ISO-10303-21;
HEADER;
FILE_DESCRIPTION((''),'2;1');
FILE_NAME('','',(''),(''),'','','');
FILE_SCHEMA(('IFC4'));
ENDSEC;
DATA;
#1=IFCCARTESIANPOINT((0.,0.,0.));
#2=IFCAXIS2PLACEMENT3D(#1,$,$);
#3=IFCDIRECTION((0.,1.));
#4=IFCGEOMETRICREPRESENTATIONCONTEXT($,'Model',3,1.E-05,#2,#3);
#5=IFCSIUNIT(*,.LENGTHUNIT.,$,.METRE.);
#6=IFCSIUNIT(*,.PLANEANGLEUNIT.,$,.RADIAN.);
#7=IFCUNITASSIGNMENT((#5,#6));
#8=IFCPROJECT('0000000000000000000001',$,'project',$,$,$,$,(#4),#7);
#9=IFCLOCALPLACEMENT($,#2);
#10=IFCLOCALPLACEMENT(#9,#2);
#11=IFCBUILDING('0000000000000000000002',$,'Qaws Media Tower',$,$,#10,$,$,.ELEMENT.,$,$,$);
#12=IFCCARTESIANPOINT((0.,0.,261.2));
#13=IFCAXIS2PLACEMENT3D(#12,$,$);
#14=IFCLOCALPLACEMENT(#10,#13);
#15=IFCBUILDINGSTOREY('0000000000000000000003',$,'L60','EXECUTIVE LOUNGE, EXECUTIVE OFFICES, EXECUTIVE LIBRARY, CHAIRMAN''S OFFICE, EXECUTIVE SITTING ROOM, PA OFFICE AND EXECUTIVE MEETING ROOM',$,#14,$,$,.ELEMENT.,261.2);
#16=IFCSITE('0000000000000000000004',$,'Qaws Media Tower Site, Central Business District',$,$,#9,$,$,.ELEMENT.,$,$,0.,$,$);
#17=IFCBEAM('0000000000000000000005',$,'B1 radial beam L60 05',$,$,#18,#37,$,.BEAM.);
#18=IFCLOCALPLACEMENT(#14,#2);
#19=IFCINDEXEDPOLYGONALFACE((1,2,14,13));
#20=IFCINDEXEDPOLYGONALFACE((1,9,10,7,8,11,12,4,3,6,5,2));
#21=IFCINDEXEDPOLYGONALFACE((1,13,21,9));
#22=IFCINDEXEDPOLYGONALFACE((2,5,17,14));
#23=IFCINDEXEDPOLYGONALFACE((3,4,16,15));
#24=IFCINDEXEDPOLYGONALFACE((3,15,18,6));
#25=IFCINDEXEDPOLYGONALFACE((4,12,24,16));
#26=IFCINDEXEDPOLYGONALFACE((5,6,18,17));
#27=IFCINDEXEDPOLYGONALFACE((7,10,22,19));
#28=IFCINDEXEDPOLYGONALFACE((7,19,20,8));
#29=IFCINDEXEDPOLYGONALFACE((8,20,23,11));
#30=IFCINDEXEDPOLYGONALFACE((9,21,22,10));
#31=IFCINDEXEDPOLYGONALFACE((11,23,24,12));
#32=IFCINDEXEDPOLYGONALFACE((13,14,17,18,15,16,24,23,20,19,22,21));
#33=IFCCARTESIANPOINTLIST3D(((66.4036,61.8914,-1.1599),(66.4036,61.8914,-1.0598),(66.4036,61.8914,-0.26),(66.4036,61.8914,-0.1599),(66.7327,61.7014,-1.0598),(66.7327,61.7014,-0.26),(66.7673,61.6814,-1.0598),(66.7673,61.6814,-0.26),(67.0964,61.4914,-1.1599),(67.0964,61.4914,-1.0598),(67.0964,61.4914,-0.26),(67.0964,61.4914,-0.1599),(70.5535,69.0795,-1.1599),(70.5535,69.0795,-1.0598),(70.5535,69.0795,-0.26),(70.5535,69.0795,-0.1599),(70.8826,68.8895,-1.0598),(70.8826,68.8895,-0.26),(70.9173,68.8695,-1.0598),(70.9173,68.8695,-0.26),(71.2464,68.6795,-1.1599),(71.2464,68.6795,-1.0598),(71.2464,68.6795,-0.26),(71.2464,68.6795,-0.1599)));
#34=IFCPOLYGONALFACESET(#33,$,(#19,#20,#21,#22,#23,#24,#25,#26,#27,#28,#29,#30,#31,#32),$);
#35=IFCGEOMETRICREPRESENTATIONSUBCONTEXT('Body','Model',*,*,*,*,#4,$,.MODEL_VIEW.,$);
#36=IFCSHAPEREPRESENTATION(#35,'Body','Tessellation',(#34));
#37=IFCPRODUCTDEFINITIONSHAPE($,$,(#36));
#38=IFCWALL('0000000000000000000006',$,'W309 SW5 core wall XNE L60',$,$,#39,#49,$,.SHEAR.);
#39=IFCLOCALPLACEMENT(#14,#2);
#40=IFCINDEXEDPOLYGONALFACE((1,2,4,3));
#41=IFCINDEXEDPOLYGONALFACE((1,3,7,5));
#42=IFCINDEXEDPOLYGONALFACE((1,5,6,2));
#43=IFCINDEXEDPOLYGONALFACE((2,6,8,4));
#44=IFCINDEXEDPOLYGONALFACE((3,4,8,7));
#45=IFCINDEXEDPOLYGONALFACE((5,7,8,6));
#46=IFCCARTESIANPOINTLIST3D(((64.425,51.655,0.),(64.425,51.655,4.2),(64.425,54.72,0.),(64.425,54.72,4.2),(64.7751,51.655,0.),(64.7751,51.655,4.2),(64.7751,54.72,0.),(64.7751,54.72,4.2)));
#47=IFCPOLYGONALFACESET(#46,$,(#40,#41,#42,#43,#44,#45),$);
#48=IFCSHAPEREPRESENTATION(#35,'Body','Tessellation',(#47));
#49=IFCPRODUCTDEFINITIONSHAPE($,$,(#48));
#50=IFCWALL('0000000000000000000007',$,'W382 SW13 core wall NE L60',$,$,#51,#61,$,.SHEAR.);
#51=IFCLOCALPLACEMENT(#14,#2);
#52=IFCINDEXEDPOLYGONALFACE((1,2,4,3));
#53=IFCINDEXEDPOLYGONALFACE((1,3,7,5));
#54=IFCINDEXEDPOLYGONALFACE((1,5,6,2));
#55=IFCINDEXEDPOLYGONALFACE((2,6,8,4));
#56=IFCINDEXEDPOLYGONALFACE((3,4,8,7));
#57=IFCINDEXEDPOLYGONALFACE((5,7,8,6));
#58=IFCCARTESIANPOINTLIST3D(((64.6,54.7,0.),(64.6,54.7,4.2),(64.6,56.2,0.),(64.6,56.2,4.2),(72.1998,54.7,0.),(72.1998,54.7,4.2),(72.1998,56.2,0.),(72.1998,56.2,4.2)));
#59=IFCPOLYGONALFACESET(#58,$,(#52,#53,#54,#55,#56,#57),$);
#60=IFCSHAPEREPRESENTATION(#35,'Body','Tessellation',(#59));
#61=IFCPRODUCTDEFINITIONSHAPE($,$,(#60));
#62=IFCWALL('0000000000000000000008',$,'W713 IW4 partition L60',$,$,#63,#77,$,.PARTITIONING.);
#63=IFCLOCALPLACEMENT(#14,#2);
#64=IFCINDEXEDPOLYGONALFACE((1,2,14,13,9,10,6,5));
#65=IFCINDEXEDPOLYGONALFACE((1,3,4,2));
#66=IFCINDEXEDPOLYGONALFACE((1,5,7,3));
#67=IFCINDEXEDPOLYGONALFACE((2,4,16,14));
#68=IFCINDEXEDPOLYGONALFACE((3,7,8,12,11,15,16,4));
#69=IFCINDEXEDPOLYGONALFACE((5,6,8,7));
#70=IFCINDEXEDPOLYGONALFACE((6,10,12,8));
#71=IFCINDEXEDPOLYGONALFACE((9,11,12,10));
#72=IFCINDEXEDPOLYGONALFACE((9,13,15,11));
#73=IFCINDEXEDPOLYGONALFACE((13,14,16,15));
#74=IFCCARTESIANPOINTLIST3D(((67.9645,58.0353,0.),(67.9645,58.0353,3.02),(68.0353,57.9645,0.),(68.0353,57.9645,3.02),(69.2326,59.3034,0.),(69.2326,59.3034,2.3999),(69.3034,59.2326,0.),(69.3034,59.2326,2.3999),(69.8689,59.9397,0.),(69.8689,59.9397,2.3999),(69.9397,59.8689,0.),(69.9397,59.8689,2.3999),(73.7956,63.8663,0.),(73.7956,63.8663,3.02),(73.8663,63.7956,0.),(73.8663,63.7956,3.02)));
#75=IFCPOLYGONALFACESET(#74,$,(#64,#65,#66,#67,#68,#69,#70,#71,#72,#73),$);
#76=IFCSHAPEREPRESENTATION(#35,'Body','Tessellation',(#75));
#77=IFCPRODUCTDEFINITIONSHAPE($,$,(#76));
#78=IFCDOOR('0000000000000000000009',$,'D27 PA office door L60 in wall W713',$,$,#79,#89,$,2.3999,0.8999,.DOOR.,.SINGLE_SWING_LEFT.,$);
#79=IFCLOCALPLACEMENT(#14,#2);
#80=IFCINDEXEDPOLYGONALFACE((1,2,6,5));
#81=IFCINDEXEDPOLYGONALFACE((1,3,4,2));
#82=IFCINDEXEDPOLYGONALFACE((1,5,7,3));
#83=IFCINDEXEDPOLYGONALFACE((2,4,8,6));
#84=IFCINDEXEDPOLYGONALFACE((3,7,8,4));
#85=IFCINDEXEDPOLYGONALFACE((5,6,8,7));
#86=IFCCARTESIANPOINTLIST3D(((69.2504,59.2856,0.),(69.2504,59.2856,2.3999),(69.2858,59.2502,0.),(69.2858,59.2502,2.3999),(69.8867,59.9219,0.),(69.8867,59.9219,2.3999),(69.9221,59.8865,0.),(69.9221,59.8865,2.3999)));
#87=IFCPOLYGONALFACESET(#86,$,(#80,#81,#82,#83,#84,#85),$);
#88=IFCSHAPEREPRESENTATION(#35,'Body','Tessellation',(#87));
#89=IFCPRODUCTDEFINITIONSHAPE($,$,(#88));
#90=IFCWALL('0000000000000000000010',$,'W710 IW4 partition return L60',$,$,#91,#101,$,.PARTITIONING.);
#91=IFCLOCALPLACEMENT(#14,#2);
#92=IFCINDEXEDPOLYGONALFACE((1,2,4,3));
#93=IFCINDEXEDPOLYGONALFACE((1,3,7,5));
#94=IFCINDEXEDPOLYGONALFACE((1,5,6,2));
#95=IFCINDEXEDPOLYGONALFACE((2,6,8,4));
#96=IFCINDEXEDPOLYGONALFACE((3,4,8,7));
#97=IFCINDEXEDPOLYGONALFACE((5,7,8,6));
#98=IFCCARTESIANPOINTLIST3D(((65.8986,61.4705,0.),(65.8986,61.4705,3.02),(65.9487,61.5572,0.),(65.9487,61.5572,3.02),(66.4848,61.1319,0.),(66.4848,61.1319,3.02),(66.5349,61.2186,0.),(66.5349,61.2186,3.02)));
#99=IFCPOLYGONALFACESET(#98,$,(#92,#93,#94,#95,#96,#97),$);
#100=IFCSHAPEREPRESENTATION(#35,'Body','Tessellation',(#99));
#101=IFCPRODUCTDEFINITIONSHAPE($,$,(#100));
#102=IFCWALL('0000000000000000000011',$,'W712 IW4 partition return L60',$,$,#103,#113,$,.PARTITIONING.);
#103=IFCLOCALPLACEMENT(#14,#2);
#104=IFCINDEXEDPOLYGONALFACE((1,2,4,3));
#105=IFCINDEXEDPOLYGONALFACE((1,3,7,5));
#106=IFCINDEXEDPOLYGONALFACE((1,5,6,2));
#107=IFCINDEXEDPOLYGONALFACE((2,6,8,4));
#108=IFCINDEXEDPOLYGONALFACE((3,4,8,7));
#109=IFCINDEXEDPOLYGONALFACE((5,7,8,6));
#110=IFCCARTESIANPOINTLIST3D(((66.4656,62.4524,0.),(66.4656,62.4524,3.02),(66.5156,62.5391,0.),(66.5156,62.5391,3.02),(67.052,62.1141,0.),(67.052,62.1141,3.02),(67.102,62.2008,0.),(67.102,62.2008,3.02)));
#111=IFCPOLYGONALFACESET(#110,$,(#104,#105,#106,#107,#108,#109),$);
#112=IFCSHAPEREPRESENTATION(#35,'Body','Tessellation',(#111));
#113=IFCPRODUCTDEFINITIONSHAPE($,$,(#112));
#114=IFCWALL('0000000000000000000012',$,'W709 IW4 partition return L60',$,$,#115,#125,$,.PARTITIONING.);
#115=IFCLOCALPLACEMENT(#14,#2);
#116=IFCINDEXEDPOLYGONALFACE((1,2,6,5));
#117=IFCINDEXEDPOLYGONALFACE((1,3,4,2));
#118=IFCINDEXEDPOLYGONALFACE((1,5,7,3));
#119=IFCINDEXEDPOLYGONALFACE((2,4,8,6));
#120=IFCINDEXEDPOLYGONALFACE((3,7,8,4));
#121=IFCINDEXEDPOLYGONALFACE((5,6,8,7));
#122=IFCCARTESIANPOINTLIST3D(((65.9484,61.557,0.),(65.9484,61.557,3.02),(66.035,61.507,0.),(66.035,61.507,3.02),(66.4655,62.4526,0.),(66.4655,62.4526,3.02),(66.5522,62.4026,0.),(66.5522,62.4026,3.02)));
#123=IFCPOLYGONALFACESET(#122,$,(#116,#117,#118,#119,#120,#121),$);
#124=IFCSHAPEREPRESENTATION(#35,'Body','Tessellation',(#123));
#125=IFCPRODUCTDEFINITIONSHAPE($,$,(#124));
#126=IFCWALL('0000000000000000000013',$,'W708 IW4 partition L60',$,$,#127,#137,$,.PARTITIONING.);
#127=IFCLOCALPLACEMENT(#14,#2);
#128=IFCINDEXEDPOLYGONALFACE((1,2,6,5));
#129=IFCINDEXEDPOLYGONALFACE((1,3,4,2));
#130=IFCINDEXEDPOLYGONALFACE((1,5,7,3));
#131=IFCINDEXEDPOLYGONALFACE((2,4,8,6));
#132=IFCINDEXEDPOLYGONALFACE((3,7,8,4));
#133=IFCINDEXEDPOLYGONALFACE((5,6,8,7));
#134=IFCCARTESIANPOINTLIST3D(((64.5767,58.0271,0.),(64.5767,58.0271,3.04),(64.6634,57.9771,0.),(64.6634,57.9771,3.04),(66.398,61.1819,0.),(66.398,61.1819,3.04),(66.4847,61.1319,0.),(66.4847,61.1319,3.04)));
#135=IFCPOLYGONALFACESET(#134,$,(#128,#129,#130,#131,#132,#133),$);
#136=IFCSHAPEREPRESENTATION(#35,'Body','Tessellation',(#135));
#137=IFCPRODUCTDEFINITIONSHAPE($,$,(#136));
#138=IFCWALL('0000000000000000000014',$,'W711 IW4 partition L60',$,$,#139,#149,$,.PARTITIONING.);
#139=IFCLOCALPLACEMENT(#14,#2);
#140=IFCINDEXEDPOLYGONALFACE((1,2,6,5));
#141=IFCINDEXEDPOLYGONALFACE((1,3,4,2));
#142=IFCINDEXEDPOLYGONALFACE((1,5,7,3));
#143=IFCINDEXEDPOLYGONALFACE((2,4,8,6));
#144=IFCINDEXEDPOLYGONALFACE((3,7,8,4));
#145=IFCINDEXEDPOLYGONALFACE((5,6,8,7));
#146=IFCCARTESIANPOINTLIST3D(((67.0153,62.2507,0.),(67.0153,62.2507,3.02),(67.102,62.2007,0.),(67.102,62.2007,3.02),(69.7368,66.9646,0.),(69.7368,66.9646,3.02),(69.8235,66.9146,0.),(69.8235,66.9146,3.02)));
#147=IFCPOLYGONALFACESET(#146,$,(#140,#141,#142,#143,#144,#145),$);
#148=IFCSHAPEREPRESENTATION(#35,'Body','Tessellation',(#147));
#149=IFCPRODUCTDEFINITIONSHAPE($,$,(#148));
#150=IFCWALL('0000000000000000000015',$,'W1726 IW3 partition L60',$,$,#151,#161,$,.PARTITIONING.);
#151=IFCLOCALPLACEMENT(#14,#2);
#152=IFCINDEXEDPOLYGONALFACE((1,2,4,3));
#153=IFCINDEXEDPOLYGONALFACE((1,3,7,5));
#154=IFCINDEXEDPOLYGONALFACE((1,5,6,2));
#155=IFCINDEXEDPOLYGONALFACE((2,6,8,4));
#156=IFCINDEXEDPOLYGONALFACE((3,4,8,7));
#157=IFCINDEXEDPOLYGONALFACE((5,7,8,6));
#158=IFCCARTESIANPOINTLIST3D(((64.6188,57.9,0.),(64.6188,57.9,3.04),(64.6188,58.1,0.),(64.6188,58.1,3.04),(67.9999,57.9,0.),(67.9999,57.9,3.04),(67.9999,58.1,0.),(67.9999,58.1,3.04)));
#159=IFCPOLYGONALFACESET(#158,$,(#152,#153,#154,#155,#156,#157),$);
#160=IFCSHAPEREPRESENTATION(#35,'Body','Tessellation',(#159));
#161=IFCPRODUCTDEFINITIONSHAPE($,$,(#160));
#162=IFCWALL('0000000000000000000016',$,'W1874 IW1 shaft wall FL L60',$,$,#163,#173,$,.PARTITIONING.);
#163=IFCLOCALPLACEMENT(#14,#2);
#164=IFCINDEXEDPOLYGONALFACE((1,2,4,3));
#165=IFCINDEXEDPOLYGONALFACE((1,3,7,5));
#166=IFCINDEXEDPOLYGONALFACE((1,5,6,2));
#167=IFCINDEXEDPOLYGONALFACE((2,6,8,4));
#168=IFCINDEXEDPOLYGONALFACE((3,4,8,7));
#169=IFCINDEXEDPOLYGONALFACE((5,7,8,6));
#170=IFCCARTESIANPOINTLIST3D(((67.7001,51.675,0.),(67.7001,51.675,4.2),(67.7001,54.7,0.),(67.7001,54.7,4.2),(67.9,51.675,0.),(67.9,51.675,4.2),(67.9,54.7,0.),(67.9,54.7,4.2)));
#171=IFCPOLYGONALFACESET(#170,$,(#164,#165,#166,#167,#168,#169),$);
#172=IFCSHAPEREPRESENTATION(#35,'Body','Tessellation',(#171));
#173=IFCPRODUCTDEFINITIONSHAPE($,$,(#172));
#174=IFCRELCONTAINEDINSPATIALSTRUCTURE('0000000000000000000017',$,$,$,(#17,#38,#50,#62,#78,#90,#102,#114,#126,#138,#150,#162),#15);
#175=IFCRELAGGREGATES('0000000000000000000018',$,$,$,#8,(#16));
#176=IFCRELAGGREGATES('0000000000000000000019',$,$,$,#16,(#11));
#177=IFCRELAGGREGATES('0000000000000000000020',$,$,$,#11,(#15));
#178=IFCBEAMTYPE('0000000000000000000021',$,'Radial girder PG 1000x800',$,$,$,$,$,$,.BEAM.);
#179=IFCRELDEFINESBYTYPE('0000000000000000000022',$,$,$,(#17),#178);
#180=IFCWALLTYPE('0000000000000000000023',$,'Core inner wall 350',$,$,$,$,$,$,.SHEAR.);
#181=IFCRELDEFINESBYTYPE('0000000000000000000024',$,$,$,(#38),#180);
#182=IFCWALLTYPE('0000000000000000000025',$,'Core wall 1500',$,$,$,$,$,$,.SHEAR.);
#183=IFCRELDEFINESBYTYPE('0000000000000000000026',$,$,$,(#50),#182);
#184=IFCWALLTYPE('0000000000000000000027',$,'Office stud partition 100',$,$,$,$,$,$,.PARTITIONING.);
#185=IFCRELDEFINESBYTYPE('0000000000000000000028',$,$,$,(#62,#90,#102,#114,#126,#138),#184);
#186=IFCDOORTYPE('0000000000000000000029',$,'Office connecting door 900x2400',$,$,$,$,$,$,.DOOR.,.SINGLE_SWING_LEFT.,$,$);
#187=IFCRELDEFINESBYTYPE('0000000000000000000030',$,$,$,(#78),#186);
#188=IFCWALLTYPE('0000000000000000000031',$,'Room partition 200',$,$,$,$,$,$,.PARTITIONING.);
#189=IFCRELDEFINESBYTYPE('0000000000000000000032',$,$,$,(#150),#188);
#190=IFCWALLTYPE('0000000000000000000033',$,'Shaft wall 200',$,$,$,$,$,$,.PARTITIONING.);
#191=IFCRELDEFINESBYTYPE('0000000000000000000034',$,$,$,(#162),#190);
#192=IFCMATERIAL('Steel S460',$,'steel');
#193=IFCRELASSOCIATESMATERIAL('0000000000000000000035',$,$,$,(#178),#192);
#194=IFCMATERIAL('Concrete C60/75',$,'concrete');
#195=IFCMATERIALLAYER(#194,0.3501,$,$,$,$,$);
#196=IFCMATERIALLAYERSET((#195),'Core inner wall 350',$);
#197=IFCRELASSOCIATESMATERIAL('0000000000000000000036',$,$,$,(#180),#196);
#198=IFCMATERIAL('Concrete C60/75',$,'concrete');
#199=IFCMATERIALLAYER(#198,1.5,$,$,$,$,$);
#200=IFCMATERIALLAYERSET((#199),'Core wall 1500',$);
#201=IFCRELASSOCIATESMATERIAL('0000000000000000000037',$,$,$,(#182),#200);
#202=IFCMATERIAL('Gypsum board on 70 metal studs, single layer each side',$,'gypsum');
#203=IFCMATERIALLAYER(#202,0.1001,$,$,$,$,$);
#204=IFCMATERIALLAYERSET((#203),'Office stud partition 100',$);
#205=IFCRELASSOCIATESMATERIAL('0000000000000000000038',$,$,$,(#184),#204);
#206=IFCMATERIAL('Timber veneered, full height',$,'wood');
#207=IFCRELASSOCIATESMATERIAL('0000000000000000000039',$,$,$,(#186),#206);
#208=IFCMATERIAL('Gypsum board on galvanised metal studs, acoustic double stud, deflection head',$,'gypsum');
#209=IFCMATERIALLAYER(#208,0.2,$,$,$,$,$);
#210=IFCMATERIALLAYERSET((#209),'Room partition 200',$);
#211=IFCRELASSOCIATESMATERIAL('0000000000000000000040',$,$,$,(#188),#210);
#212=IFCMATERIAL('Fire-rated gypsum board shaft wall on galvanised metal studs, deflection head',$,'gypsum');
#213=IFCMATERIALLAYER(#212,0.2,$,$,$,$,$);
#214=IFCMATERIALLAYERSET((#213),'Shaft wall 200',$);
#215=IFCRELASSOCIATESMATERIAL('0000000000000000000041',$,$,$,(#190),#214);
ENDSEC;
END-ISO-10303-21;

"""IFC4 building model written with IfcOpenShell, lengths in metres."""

from ifc_helpers import new_model, si_unit, direction, frame, frame_2d, origin, origin_2d, place, context, subcontext, project, spatial, rectangle, i_section, extrude, material, layer, layer_set, material_profile, profile_set, type_object, element, fill, save


model = new_model("IFC4")

# Units and contexts
model_context = context("Model", 3, precision=1e-05, world=origin(), true_north=direction((0.0, 1.0)))
body_context = subcontext(model_context, "Body", "Model", "MODEL_VIEW")
ifc_project = project(units=[si_unit("LENGTHUNIT", "METRE"), si_unit("PLANEANGLEUNIT", "RADIAN")], contexts=[model_context])

# Site, building, storey
site_placement = place(None, origin())
site = spatial("IfcSite", under=ifc_project, at=site_placement, Name="Qaws Media Tower Site, Central Business District", CompositionType="ELEMENT", RefElevation=0.0)
building_placement = place(site_placement, origin())
building = spatial("IfcBuilding", under=site, at=building_placement, Name="Qaws Media Tower", CompositionType="ELEMENT")
storey_placement = place(building_placement, frame((0.0, 0.0, 261.2)))
storey = spatial("IfcBuildingStorey", under=building, at=storey_placement, Name="L60", Description="EXECUTIVE LOUNGE, EXECUTIVE OFFICES, EXECUTIVE LIBRARY, CHAIRMAN'S OFFICE, EXECUTIVE SITTING ROOM, PA OFFICE AND EXECUTIVE MEETING ROOM", CompositionType="ELEMENT", Elevation=261.2)

# Beam
ifc_material_1 = material(Name="Steel S460", Category="steel")
ifc_material_profile_1 = material_profile(ifc_material_1, i_section(OverallWidth=0.8, OverallDepth=1.0, WebThickness=0.04, FlangeThickness=0.1001, at=origin_2d()), Name="PG 1000x800")
ifc_profile_set_1 = profile_set([ifc_material_profile_1], Name="Steel S460")
beam_type_1 = type_object("IfcBeamType", Name="Radial girder PG 1000x800", PredefinedType="BEAM", material=ifc_profile_set_1)
beam_1_placement = place(storey_placement, frame((66.75, 61.6914, -0.6599), z_axis=(0.499992, 0.86603, 0.0), x_axis=(-0.86603, 0.499992, 0.0)))
element("IfcBeam", 1, at=beam_1_placement, inside=storey, type_object=beam_type_1, Name="B1 radial beam L60 05", PredefinedType="BEAM", context=body_context, shape_type="SweptSolid", body=[
    extrude(i_section(OverallWidth=0.8, OverallDepth=1.0, WebThickness=0.04, FlangeThickness=0.1001, at=origin_2d()), origin(), (0.0, 0.0, 1.0), 8.3),
])

# Walls
ifc_material_2 = material(Name="Concrete C60/75", Category="concrete")
ifc_layer_1 = layer(ifc_material_2, 0.3501)
ifc_layer_set_1 = layer_set([ifc_layer_1], Name="Core inner wall 350")
wall_type_1 = type_object("IfcWallType", Name="Core inner wall 350", PredefinedType="SHEAR", material=ifc_layer_set_1)
wall_1_placement = place(storey_placement, frame((64.6001, 51.655, 0.0), z_axis=(0.0, 0.0, 1.0), x_axis=(0.0, 1.0, 0.0)))
element("IfcWall", 2, at=wall_1_placement, inside=storey, type_object=wall_type_1, Name="W309 SW5 core wall XNE L60", PredefinedType="SHEAR", context=body_context, shape_type="SweptSolid", body=[
    extrude(rectangle(XDim=3.0649, YDim=0.3501, at=frame_2d((1.5325, 0.0))), origin(), (0.0, 0.0, 1.0), 4.2),
])
ifc_material_3 = material(Name="Concrete C60/75", Category="concrete")
ifc_layer_2 = layer(ifc_material_3, 1.5)
ifc_layer_set_2 = layer_set([ifc_layer_2], Name="Core wall 1500")
wall_type_2 = type_object("IfcWallType", Name="Core wall 1500", PredefinedType="SHEAR", material=ifc_layer_set_2)
wall_2_placement = place(storey_placement, frame((64.6001, 55.45, 0.0), z_axis=(0.0, 0.0, 1.0), x_axis=(1.0, 0.0, 0.0)))
element("IfcWall", 3, at=wall_2_placement, inside=storey, type_object=wall_type_2, Name="W382 SW13 core wall NE L60", PredefinedType="SHEAR", context=body_context, shape_type="SweptSolid", body=[
    extrude(rectangle(XDim=7.5999, YDim=1.5, at=frame_2d((3.7998, 0.0))), origin(), (0.0, 0.0, 1.0), 4.2),
])

# Wall, opening, door
ifc_material_4 = material(Name="Gypsum board on 70 metal studs, single layer each side", Category="gypsum")
ifc_layer_3 = layer(ifc_material_4, 0.1001)
ifc_layer_set_3 = layer_set([ifc_layer_3], Name="Office stud partition 100")
wall_type_3 = type_object("IfcWallType", Name="Office stud partition 100", PredefinedType="PARTITIONING", material=ifc_layer_set_3)
wall_3_placement = place(storey_placement, frame((68.0, 58.0, 0.0), z_axis=(0.0, 0.0, 1.0), x_axis=(0.707107, 0.707107, 0.0)))
wall_3 = element("IfcWall", 4, at=wall_3_placement, inside=storey, type_object=wall_type_3, Name="W713 IW4 partition L60", PredefinedType="PARTITIONING", context=body_context, shape_type="SweptSolid", body=[
    extrude(rectangle(XDim=8.2463, YDim=0.1001, at=frame_2d((4.123, 0.0))), origin(), (0.0, 0.0, 1.0), 3.02),
])
opening_placement = place(wall_3_placement, frame((1.7932, 0.0, 0.0)))
opening = element("IfcOpeningElement", 5, at=opening_placement, cuts=wall_3, PredefinedType="OPENING", context=body_context, shape_type="SweptSolid", body=[
    extrude(rectangle(XDim=0.8999, YDim=2.3999, at=frame_2d((0.45, 1.2))), frame((0.0, 0.0601, 0.0), z_axis=(0.0, -1.0, 0.0), x_axis=(1.0, 0.0, 0.0)), (0.0, 0.0, 1.0), 0.1201),
])
ifc_material_5 = material(Name="Timber veneered, full height", Category="wood")
door_type = type_object("IfcDoorType", Name="Office connecting door 900x2400", OperationType="SINGLE_SWING_LEFT", PredefinedType="DOOR", material=ifc_material_5)
door_placement = place(opening_placement, origin())
door = element("IfcDoor", 6, at=door_placement, inside=storey, type_object=door_type, Name="D27 PA office door L60 in wall W713", OperationType="SINGLE_SWING_LEFT", OverallHeight=2.3999, OverallWidth=0.8999, PredefinedType="DOOR", context=body_context, shape_type="SweptSolid", body=[
    extrude(rectangle(XDim=0.8999, YDim=2.3999, at=frame_2d((0.45, 1.2))), frame((0.0, 0.0249, 0.0), z_axis=(0.0, -1.0, 0.0), x_axis=(1.0, 0.0, 0.0)), (0.0, 0.0, 1.0), 0.05),
])
fill(opening, door)

# Walls
for number, where, z_axis, x_axis, name in (
    (7, (66.5098, 61.1753, 0.0), (0.0, 0.0, 1.0), (-0.865903, 0.500212, 0.0), "W710 IW4 partition return L60"),
    (8, (67.0769, 62.1575, 0.0), (0.0, 0.0, 1.0), (-0.86615, 0.499785, 0.0), "W712 IW4 partition return L60"),
):
    element("IfcWall", number, at=place(storey_placement, frame(where, z_axis=z_axis, x_axis=x_axis)), inside=storey, type_object=wall_type_3, Name=name, PredefinedType="PARTITIONING", context=body_context, shape_type="SweptSolid", body=[
        extrude(rectangle(XDim=0.677, YDim=0.1001, at=frame_2d((0.3384, 0.0))), origin(), (0.0, 0.0, 1.0), 3.02),
    ])
wall_4_placement = place(storey_placement, frame((65.9917, 61.532, 0.0), z_axis=(0.0, 0.0, 1.0), x_axis=(0.500049, 0.865997, 0.0)))
element("IfcWall", 9, at=wall_4_placement, inside=storey, type_object=wall_type_3, Name="W709 IW4 partition return L60", PredefinedType="PARTITIONING", context=body_context, shape_type="SweptSolid", body=[
    extrude(rectangle(XDim=1.0342, YDim=0.1001, at=frame_2d((0.5171, 0.0))), origin(), (0.0, 0.0, 1.0), 3.02),
])
wall_5_placement = place(storey_placement, frame((64.6201, 58.0022, 0.0), z_axis=(0.0, 0.0, 1.0), x_axis=(0.499974, 0.86604, 0.0)))
element("IfcWall", 10, at=wall_5_placement, inside=storey, type_object=wall_type_3, Name="W708 IW4 partition L60", PredefinedType="PARTITIONING", context=body_context, shape_type="SweptSolid", body=[
    extrude(rectangle(XDim=3.6428, YDim=0.1001, at=frame_2d((1.8213, 0.0))), origin(), (0.0, 0.0, 1.0), 3.04),
])
wall_6_placement = place(storey_placement, frame((67.0586, 62.2256, 0.0), z_axis=(0.0, 0.0, 1.0), x_axis=(0.499984, 0.866035, 0.0)))
element("IfcWall", 11, at=wall_6_placement, inside=storey, type_object=wall_type_3, Name="W711 IW4 partition L60", PredefinedType="PARTITIONING", context=body_context, shape_type="SweptSolid", body=[
    extrude(rectangle(XDim=5.4431, YDim=0.1001, at=frame_2d((2.7217, 0.0))), origin(), (0.0, 0.0, 1.0), 3.02),
])
ifc_material_6 = material(Name="Gypsum board on galvanised metal studs, acoustic double stud, deflection head", Category="gypsum")
ifc_layer_4 = layer(ifc_material_6, 0.2)
ifc_layer_set_4 = layer_set([ifc_layer_4], Name="Room partition 200")
wall_type_4 = type_object("IfcWallType", Name="Room partition 200", PredefinedType="PARTITIONING", material=ifc_layer_set_4)
wall_7_placement = place(storey_placement, frame((64.6189, 58.0, 0.0), z_axis=(0.0, 0.0, 1.0), x_axis=(1.0, 0.0, 0.0)))
element("IfcWall", 12, at=wall_7_placement, inside=storey, type_object=wall_type_4, Name="W1726 IW3 partition L60", PredefinedType="PARTITIONING", context=body_context, shape_type="SweptSolid", body=[
    extrude(rectangle(XDim=3.3811, YDim=0.2, at=frame_2d((1.6904, 0.0))), origin(), (0.0, 0.0, 1.0), 3.04),
])
ifc_material_7 = material(Name="Fire-rated gypsum board shaft wall on galvanised metal studs, deflection head", Category="gypsum")
ifc_layer_5 = layer(ifc_material_7, 0.2)
ifc_layer_set_5 = layer_set([ifc_layer_5], Name="Shaft wall 200")
wall_type_5 = type_object("IfcWallType", Name="Shaft wall 200", PredefinedType="PARTITIONING", material=ifc_layer_set_5)
wall_8_placement = place(storey_placement, frame((67.8, 51.675, 0.0), z_axis=(0.0, 0.0, 1.0), x_axis=(0.0, 1.0, 0.0)))
element("IfcWall", 13, at=wall_8_placement, inside=storey, type_object=wall_type_5, Name="W1874 IW1 shaft wall FL L60", PredefinedType="PARTITIONING", context=body_context, shape_type="SweptSolid", body=[
    extrude(rectangle(XDim=3.0249, YDim=0.2, at=frame_2d((1.5125, 0.0))), origin(), (0.0, 0.0, 1.0), 4.2),
])

save(model, "model.ifc")
